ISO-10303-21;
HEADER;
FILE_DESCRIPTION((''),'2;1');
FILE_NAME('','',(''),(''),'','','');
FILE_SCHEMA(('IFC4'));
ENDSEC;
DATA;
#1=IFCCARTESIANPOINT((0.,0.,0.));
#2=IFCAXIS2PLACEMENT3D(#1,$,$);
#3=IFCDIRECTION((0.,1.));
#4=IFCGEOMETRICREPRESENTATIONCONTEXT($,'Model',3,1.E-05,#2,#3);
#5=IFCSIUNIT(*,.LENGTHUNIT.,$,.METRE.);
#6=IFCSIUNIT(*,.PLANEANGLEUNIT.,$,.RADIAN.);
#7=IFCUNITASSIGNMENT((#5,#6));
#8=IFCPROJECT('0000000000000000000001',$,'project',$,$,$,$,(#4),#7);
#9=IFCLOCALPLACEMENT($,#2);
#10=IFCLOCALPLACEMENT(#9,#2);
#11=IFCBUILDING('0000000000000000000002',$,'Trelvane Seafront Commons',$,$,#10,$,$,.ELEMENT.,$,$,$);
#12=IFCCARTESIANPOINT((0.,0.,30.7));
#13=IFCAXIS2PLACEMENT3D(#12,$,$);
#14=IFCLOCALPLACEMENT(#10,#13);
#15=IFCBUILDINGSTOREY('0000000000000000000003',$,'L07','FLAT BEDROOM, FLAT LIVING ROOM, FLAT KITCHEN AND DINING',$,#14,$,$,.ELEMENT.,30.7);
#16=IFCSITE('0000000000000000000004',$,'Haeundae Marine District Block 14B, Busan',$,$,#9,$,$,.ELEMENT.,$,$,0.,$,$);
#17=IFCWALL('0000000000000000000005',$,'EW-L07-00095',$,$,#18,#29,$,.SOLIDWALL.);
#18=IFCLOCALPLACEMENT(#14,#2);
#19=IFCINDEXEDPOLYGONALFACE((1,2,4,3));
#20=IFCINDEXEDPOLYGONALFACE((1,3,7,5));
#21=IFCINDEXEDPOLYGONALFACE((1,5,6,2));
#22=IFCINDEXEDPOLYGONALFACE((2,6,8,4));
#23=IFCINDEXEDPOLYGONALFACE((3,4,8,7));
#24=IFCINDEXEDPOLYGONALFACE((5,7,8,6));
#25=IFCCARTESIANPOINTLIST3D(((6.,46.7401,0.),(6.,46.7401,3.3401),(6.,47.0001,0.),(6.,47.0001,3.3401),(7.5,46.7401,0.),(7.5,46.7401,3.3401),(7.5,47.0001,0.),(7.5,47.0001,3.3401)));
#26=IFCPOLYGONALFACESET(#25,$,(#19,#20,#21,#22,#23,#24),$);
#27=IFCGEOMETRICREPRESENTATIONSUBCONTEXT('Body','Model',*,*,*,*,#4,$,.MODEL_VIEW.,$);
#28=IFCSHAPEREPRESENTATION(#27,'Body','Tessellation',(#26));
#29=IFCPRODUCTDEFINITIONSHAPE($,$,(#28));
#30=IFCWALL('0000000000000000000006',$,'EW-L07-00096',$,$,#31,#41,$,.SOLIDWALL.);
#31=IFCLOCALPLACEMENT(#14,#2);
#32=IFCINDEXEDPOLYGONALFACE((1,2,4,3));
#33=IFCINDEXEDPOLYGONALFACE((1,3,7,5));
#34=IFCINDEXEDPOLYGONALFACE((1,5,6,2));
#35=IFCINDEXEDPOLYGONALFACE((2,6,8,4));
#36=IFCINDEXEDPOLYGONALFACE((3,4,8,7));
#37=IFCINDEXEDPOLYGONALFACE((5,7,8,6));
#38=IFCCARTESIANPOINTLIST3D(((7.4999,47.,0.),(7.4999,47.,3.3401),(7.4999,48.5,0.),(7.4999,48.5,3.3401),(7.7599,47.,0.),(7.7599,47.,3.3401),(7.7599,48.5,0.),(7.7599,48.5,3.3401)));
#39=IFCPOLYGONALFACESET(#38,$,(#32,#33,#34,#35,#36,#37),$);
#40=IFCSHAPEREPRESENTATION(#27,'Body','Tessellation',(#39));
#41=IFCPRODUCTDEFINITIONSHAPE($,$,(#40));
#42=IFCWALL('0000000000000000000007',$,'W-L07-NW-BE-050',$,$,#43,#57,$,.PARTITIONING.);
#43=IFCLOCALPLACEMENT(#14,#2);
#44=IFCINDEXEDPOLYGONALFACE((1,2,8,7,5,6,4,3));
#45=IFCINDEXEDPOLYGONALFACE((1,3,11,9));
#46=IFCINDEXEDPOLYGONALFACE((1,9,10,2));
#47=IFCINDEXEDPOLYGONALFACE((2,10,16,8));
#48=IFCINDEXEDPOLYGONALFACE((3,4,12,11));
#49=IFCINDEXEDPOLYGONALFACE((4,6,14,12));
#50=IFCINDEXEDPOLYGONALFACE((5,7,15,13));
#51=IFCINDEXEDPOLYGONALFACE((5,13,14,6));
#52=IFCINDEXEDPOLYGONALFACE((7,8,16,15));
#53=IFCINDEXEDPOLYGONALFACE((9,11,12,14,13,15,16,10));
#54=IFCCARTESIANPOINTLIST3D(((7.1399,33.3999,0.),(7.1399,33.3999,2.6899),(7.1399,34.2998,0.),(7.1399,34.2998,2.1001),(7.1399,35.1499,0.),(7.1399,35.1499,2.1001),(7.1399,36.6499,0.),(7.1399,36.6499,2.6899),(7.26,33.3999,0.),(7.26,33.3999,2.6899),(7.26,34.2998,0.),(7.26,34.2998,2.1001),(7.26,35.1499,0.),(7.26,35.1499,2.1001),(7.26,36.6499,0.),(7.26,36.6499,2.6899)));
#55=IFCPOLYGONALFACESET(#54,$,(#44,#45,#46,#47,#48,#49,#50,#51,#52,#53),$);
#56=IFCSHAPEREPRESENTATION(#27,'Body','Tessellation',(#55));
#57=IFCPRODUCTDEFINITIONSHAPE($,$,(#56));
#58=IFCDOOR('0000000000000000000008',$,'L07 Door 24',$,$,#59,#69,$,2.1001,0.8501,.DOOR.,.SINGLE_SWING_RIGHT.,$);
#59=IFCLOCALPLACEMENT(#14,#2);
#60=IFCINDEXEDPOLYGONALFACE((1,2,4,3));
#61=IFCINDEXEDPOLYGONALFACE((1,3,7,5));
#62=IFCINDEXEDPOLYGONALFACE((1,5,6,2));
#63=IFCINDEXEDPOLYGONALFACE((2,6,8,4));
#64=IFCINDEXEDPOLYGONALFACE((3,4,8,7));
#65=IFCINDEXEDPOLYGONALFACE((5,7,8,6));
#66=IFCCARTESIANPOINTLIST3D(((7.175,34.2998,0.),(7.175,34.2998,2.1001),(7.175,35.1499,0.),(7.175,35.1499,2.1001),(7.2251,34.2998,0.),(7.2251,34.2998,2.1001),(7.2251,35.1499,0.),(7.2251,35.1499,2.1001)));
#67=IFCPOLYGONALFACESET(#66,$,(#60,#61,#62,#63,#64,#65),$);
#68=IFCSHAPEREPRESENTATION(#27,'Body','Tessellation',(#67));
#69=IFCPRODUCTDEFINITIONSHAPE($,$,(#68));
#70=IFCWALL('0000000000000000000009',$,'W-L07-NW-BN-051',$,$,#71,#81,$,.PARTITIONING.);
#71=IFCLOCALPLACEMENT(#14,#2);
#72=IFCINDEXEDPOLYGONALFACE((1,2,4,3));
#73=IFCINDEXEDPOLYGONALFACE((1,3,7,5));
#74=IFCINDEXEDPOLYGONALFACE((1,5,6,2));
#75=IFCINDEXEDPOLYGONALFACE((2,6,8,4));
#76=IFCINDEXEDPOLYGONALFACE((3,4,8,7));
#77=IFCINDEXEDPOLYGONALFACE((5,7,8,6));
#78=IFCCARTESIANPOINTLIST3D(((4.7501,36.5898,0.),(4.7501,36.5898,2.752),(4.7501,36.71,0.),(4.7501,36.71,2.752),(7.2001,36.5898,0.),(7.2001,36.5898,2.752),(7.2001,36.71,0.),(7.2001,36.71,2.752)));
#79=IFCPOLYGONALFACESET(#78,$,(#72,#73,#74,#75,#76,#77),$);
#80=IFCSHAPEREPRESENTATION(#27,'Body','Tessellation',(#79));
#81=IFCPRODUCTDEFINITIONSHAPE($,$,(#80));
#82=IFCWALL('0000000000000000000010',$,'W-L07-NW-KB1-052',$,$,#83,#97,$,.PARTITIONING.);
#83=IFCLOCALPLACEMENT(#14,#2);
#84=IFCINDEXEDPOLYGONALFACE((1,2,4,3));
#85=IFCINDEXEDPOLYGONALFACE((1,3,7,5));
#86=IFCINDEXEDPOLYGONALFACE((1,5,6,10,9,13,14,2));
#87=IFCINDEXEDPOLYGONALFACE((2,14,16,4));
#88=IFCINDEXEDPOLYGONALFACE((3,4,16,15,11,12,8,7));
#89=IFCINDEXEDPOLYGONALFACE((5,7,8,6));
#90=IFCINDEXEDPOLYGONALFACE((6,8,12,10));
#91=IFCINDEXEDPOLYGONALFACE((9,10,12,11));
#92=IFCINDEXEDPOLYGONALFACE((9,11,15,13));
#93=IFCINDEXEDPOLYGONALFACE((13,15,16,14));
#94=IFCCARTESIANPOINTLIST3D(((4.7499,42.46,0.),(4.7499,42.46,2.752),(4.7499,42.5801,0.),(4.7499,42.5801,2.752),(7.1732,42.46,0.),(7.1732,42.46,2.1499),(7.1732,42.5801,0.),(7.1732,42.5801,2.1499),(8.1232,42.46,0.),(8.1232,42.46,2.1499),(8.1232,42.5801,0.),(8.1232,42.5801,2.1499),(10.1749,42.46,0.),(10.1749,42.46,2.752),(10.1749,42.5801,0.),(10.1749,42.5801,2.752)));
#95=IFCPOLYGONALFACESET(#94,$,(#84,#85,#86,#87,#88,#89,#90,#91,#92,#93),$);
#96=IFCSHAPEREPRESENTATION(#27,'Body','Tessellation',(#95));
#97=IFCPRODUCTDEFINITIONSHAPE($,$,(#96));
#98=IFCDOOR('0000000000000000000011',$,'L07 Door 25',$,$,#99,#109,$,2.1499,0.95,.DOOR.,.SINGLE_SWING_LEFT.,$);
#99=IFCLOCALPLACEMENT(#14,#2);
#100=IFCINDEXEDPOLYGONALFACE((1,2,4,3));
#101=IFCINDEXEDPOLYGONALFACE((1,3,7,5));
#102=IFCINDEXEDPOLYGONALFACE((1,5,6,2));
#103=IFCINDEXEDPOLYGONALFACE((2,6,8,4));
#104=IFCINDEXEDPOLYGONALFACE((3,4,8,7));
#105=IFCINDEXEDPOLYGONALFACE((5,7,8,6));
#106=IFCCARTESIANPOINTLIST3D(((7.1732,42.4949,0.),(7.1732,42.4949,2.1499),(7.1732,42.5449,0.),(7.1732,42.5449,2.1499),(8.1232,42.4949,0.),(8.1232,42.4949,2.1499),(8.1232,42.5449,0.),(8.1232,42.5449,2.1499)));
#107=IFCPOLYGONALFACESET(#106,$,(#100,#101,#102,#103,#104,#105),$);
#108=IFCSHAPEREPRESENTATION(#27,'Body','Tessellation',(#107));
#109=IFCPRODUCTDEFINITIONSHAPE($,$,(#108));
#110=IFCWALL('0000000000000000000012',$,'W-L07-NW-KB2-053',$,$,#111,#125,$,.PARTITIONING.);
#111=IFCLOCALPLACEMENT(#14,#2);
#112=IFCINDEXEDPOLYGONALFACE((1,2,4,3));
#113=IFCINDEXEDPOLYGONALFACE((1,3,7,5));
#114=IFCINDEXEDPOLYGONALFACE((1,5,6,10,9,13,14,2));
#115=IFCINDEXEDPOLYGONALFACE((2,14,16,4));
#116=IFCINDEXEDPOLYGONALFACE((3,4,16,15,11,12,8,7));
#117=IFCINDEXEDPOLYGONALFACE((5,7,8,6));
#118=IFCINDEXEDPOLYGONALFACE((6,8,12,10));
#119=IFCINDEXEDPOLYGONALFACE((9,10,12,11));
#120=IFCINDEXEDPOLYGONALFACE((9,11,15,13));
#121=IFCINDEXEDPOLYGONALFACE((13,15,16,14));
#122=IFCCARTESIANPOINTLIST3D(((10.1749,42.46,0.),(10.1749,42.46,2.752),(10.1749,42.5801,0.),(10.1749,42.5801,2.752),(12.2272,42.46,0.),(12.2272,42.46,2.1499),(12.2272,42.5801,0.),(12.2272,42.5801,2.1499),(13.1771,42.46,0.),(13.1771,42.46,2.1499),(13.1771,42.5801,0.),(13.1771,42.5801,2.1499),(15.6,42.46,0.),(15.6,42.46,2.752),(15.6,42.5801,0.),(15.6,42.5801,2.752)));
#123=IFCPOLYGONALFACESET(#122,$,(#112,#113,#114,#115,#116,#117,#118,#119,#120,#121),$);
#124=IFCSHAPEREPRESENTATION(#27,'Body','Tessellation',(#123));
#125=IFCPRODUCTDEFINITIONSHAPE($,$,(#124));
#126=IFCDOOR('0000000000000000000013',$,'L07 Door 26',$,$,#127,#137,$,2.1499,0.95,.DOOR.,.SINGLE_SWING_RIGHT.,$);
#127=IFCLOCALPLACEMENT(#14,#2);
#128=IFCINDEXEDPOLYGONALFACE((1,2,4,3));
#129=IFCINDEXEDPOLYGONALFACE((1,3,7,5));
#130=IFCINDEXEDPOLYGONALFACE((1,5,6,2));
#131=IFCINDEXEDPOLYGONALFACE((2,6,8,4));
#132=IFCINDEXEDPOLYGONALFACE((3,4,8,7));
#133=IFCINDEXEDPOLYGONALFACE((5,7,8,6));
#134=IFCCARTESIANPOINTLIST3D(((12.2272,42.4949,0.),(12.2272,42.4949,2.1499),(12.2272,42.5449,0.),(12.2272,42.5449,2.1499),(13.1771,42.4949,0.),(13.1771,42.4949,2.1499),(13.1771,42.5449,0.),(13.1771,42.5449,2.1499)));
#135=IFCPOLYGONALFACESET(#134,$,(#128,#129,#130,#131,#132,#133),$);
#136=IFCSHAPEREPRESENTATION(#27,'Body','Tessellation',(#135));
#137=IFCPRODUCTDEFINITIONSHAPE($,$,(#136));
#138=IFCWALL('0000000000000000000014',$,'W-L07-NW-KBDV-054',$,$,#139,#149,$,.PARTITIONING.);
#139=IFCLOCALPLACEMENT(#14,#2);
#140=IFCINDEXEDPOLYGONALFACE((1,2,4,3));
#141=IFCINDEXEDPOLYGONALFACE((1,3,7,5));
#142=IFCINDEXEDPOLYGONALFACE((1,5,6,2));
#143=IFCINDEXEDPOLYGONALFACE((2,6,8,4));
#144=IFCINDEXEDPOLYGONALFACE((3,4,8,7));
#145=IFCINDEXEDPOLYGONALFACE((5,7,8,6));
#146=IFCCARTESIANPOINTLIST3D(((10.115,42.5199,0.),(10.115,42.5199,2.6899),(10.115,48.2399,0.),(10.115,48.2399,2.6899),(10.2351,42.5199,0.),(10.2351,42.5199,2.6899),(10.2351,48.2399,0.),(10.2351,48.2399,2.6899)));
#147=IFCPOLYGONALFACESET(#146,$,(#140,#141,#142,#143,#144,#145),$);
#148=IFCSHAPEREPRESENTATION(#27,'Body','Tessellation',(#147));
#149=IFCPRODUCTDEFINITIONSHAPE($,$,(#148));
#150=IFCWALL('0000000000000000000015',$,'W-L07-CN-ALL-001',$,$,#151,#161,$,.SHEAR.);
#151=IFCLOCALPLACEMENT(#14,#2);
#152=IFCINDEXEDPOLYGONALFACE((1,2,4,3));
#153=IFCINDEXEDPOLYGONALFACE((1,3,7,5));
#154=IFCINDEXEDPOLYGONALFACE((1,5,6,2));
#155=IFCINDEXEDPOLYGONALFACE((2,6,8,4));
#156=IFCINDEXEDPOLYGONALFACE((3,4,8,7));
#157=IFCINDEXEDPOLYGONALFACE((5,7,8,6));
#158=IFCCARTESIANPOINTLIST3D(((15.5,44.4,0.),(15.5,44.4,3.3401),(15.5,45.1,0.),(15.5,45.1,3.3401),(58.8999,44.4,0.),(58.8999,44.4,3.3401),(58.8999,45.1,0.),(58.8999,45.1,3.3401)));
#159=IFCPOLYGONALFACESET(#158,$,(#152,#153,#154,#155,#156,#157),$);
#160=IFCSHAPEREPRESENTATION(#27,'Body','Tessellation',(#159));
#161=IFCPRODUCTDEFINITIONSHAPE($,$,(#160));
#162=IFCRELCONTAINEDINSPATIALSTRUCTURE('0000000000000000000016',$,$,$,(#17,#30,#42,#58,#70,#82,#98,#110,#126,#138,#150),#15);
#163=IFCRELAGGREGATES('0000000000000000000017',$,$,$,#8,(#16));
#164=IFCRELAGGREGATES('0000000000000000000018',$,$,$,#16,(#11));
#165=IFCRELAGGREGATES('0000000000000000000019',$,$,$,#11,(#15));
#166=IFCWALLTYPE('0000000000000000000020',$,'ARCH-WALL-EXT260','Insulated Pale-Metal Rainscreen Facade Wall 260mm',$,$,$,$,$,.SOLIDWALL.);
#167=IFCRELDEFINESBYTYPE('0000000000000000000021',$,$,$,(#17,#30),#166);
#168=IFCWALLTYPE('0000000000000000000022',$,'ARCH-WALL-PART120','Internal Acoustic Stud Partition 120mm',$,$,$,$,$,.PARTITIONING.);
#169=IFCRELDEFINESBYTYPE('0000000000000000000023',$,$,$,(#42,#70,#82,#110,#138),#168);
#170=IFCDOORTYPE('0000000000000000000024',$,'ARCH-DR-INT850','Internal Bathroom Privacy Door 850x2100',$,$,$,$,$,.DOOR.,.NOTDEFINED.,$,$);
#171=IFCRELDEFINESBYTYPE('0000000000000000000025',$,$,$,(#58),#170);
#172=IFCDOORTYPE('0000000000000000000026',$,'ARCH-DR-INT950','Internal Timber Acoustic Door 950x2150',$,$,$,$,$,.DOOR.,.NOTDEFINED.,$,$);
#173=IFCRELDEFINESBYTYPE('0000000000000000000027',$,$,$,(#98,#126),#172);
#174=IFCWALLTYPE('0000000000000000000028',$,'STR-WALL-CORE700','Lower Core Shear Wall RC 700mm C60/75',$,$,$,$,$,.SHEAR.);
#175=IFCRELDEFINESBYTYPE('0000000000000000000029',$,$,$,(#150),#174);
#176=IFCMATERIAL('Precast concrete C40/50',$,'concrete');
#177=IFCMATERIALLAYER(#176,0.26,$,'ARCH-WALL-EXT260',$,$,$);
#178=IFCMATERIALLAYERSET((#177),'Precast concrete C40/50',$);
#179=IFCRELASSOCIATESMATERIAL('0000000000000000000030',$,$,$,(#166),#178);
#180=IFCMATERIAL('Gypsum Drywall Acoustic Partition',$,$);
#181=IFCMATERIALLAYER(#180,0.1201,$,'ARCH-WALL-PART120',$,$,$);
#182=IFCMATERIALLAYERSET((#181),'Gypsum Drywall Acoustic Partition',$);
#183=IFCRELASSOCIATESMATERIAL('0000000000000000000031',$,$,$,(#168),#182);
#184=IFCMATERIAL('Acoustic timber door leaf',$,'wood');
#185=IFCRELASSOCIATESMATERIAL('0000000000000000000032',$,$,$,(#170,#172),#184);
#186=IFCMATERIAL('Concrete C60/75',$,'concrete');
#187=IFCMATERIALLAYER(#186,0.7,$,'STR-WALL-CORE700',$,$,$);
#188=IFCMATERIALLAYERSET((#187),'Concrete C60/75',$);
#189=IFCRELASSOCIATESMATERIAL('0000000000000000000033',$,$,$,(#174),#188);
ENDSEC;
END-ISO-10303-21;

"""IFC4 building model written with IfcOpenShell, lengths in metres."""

from ifc_helpers import new_model, si_unit, direction, frame, frame_2d, origin, place, context, subcontext, project, spatial, rectangle, extrude, source, transform, mapped, material, layer, layer_set, type_object, element, fill, save


model = new_model("IFC4")

# Units and contexts
model_context = context("Model", 3, precision=1e-05, world=origin(), true_north=direction((0.0, 1.0)))
body_context = subcontext(model_context, "Body", "Model", "MODEL_VIEW")
ifc_project = project(units=[si_unit("LENGTHUNIT", "METRE"), si_unit("PLANEANGLEUNIT", "RADIAN")], contexts=[model_context])

# Site, building, storey
site_placement = place(None, origin())
site = spatial("IfcSite", under=ifc_project, at=site_placement, Name="Haeundae Marine District Block 14B, Busan", CompositionType="ELEMENT", RefElevation=0.0)
building_placement = place(site_placement, origin())
building = spatial("IfcBuilding", under=site, at=building_placement, Name="Trelvane Seafront Commons", CompositionType="ELEMENT")
storey_placement = place(building_placement, frame((0.0, 0.0, 30.7)))
storey = spatial("IfcBuildingStorey", under=building, at=storey_placement, Name="L07", Description="FLAT BEDROOM, FLAT LIVING ROOM, FLAT KITCHEN AND DINING", CompositionType="ELEMENT", Elevation=30.7)

# Shared definitions
ifc_material_1 = material(Name="Concrete C60/75", Category="concrete")

# Shared definitions
ifc_material_2 = material(Name="Precast concrete C40/50", Category="concrete")
ifc_layer_1 = layer(ifc_material_2, 0.26, Name="ARCH-WALL-EXT260")
ifc_layer_set_1 = layer_set([ifc_layer_1], Name="Precast concrete C40/50")
wall_type_1 = type_object("IfcWallType", Name="ARCH-WALL-EXT260", Description="Insulated Pale-Metal Rainscreen Facade Wall 260mm", PredefinedType="SOLIDWALL", material=ifc_layer_set_1)

# Walls
for number, where, z_axis, x_axis, name in (
    (1, (6.0, 46.8701, 0.0), (0.0, 0.0, 1.0), (1.0, 0.0, 0.0), "EW-L07-00095"),
    (2, (7.6299, 47.0, 0.0), (0.0, 0.0, 1.0), (0.0, 1.0, 0.0), "EW-L07-00096"),
):
    element("IfcWall", number, at=place(storey_placement, frame(where, z_axis=z_axis, x_axis=x_axis)), inside=storey, type_object=wall_type_1, Name=name, PredefinedType="SOLIDWALL", context=body_context, shape_type="SweptSolid", body=[
        extrude(rectangle(XDim=1.5, YDim=0.26, at=frame_2d((0.75, 0.0))), origin(), (0.0, 0.0, 1.0), 3.3401),
    ])

# Wall, opening, door
ifc_material_3 = material(Name="Gypsum Drywall Acoustic Partition")
ifc_layer_2 = layer(ifc_material_3, 0.1201, Name="ARCH-WALL-PART120")
ifc_layer_set_2 = layer_set([ifc_layer_2], Name="Gypsum Drywall Acoustic Partition")
wall_type_2 = type_object("IfcWallType", Name="ARCH-WALL-PART120", Description="Internal Acoustic Stud Partition 120mm", PredefinedType="PARTITIONING", material=ifc_layer_set_2)
wall_1_placement = place(storey_placement, frame((7.2, 33.3999, 0.0), z_axis=(0.0, 0.0, 1.0), x_axis=(0.0, 1.0, 0.0)))
wall_1 = element("IfcWall", 3, at=wall_1_placement, inside=storey, type_object=wall_type_2, Name="W-L07-NW-BE-050", PredefinedType="PARTITIONING", context=body_context, shape_type="SweptSolid", body=[
    extrude(rectangle(XDim=3.25, YDim=0.1201, at=frame_2d((1.625, 0.0))), origin(), (0.0, 0.0, 1.0), 2.6899),
])
opening_1_placement = place(wall_1_placement, frame((0.8999, 0.0, 0.0)))
opening_1 = element("IfcOpeningElement", 4, at=opening_1_placement, cuts=wall_1, PredefinedType="OPENING", context=body_context, shape_type="SweptSolid", body=[
    extrude(rectangle(XDim=0.8501, YDim=2.1001, at=frame_2d((0.425, 1.05))), frame((0.0, 0.0701, 0.0), z_axis=(0.0, -1.0, 0.0), x_axis=(1.0, 0.0, 0.0)), (0.0, 0.0, 1.0), 0.1401),
])
ifc_material_4 = material(Name="Acoustic timber door leaf", Category="wood")
door_type_1 = type_object("IfcDoorType", Name="ARCH-DR-INT850", Description="Internal Bathroom Privacy Door 850x2100", OperationType="NOTDEFINED", PredefinedType="DOOR", material=ifc_material_4)
shared_shape_1 = source(origin(), body_context, "Body", "SweptSolid", [
    extrude(rectangle(XDim=0.8501, YDim=2.1001, at=frame_2d((0.425, 1.05))), frame((0.0, 0.0249, 0.0), z_axis=(0.0, -1.0, 0.0), x_axis=(1.0, 0.0, 0.0)), (0.0, 0.0, 1.0), 0.05),
])
door_1_placement = place(opening_1_placement, origin())
door_1 = element("IfcDoor", 5, at=door_1_placement, inside=storey, type_object=door_type_1, Name="L07 Door 24", OperationType="SINGLE_SWING_RIGHT", OverallHeight=2.1001, OverallWidth=0.8501, PredefinedType="DOOR", context=body_context, shape_type="MappedRepresentation", body=[
    mapped(shared_shape_1, transform((0.0, 0.0, 0.0), x_axis=(1.0, 0.0, 0.0), y_axis=(0.0, 1.0, 0.0), z_axis=(0.0, 0.0, 1.0), scale=1.0)),
])
fill(opening_1, door_1)

# Wall
wall_2_placement = place(storey_placement, frame((4.75, 36.6499, 0.0), z_axis=(0.0, 0.0, 1.0), x_axis=(1.0, 0.0, 0.0)))
element("IfcWall", 6, at=wall_2_placement, inside=storey, type_object=wall_type_2, Name="W-L07-NW-BN-051", PredefinedType="PARTITIONING", context=body_context, shape_type="SweptSolid", body=[
    extrude(rectangle(XDim=2.45, YDim=0.1201, at=frame_2d((1.2251, 0.0))), origin(), (0.0, 0.0, 1.0), 2.752),
])

# Walls, openings, doors
wall_3_placement = place(storey_placement, frame((4.75, 42.52, 0.0), z_axis=(0.0, 0.0, 1.0), x_axis=(1.0, 0.0, 0.0)))
wall_3 = element("IfcWall", 7, at=wall_3_placement, inside=storey, type_object=wall_type_2, Name="W-L07-NW-KB1-052", PredefinedType="PARTITIONING", context=body_context, shape_type="SweptSolid", body=[
    extrude(rectangle(XDim=5.425, YDim=0.1201, at=frame_2d((2.7124, 0.0))), origin(), (0.0, 0.0, 1.0), 2.752),
])
opening_2_placement = place(wall_3_placement, frame((2.4231, 0.0, 0.0)))
opening_2 = element("IfcOpeningElement", 8, at=opening_2_placement, cuts=wall_3, PredefinedType="OPENING", context=body_context, shape_type="SweptSolid", body=[
    extrude(rectangle(XDim=0.95, YDim=2.1499, at=frame_2d((0.4751, 1.075))), frame((0.0, 0.0701, 0.0), z_axis=(0.0, -1.0, 0.0), x_axis=(1.0, 0.0, 0.0)), (0.0, 0.0, 1.0), 0.1401),
])
door_type_2 = type_object("IfcDoorType", Name="ARCH-DR-INT950", Description="Internal Timber Acoustic Door 950x2150", OperationType="NOTDEFINED", PredefinedType="DOOR", material=ifc_material_4)
shared_shape_2 = source(origin(), body_context, "Body", "SweptSolid", [
    extrude(rectangle(XDim=0.95, YDim=2.1499, at=frame_2d((0.4751, 1.075))), frame((0.0, 0.0249, 0.0), z_axis=(0.0, -1.0, 0.0), x_axis=(1.0, 0.0, 0.0)), (0.0, 0.0, 1.0), 0.05),
])
door_2_placement = place(opening_2_placement, origin())
door_2 = element("IfcDoor", 9, at=door_2_placement, inside=storey, type_object=door_type_2, Name="L07 Door 25", OperationType="SINGLE_SWING_LEFT", OverallHeight=2.1499, OverallWidth=0.95, PredefinedType="DOOR", context=body_context, shape_type="MappedRepresentation", body=[
    mapped(shared_shape_2, transform((0.0, 0.0, 0.0), x_axis=(1.0, 0.0, 0.0), y_axis=(0.0, 1.0, 0.0), z_axis=(0.0, 0.0, 1.0), scale=1.0)),
])
fill(opening_2, door_2)
wall_4_placement = place(storey_placement, frame((10.175, 42.52, 0.0), z_axis=(0.0, 0.0, 1.0), x_axis=(1.0, 0.0, 0.0)))
wall_4 = element("IfcWall", 10, at=wall_4_placement, inside=storey, type_object=wall_type_2, Name="W-L07-NW-KB2-053", PredefinedType="PARTITIONING", context=body_context, shape_type="SweptSolid", body=[
    extrude(rectangle(XDim=5.425, YDim=0.1201, at=frame_2d((2.7124, 0.0))), origin(), (0.0, 0.0, 1.0), 2.752),
])
opening_3_placement = place(wall_4_placement, frame((2.052, 0.0, 0.0)))
opening_3 = element("IfcOpeningElement", 11, at=opening_3_placement, cuts=wall_4, PredefinedType="OPENING", context=body_context, shape_type="SweptSolid", body=[
    extrude(rectangle(XDim=0.95, YDim=2.1499, at=frame_2d((0.4751, 1.075))), frame((0.0, 0.0701, 0.0), z_axis=(0.0, -1.0, 0.0), x_axis=(1.0, 0.0, 0.0)), (0.0, 0.0, 1.0), 0.1401),
])
door_3_placement = place(opening_3_placement, origin())
door_3 = element("IfcDoor", 12, at=door_3_placement, inside=storey, type_object=door_type_2, Name="L07 Door 26", OperationType="SINGLE_SWING_RIGHT", OverallHeight=2.1499, OverallWidth=0.95, PredefinedType="DOOR", context=body_context, shape_type="MappedRepresentation", body=[
    mapped(shared_shape_2, transform((0.0, 0.0, 0.0), x_axis=(1.0, 0.0, 0.0), y_axis=(0.0, 1.0, 0.0), z_axis=(0.0, 0.0, 1.0), scale=1.0)),
])
fill(opening_3, door_3)

# Wall
wall_5_placement = place(storey_placement, frame((10.175, 42.52, 0.0), z_axis=(0.0, 0.0, 1.0), x_axis=(0.0, 1.0, 0.0)))
element("IfcWall", 13, at=wall_5_placement, inside=storey, type_object=wall_type_2, Name="W-L07-NW-KBDV-054", PredefinedType="PARTITIONING", context=body_context, shape_type="SweptSolid", body=[
    extrude(rectangle(XDim=5.72, YDim=0.1201, at=frame_2d((2.8599, 0.0))), origin(), (0.0, 0.0, 1.0), 2.6899),
])

# Wall
ifc_layer_3 = layer(ifc_material_1, 0.7, Name="STR-WALL-CORE700")
ifc_layer_set_3 = layer_set([ifc_layer_3], Name="Concrete C60/75")
wall_type_3 = type_object("IfcWallType", Name="STR-WALL-CORE700", Description="Lower Core Shear Wall RC 700mm C60/75", PredefinedType="SHEAR", material=ifc_layer_set_3)
wall_6_placement = place(storey_placement, frame((15.5, 44.75, 0.0), z_axis=(0.0, 0.0, 1.0), x_axis=(1.0, 0.0, 0.0)))
element("IfcWall", 14, at=wall_6_placement, inside=storey, type_object=wall_type_3, Name="W-L07-CN-ALL-001", PredefinedType="SHEAR", context=body_context, shape_type="SweptSolid", body=[
    extrude(rectangle(XDim=43.3999, YDim=0.7, at=frame_2d((21.7, 0.0))), origin(), (0.0, 0.0, 1.0), 3.3401),
])

save(model, "model.ifc")
